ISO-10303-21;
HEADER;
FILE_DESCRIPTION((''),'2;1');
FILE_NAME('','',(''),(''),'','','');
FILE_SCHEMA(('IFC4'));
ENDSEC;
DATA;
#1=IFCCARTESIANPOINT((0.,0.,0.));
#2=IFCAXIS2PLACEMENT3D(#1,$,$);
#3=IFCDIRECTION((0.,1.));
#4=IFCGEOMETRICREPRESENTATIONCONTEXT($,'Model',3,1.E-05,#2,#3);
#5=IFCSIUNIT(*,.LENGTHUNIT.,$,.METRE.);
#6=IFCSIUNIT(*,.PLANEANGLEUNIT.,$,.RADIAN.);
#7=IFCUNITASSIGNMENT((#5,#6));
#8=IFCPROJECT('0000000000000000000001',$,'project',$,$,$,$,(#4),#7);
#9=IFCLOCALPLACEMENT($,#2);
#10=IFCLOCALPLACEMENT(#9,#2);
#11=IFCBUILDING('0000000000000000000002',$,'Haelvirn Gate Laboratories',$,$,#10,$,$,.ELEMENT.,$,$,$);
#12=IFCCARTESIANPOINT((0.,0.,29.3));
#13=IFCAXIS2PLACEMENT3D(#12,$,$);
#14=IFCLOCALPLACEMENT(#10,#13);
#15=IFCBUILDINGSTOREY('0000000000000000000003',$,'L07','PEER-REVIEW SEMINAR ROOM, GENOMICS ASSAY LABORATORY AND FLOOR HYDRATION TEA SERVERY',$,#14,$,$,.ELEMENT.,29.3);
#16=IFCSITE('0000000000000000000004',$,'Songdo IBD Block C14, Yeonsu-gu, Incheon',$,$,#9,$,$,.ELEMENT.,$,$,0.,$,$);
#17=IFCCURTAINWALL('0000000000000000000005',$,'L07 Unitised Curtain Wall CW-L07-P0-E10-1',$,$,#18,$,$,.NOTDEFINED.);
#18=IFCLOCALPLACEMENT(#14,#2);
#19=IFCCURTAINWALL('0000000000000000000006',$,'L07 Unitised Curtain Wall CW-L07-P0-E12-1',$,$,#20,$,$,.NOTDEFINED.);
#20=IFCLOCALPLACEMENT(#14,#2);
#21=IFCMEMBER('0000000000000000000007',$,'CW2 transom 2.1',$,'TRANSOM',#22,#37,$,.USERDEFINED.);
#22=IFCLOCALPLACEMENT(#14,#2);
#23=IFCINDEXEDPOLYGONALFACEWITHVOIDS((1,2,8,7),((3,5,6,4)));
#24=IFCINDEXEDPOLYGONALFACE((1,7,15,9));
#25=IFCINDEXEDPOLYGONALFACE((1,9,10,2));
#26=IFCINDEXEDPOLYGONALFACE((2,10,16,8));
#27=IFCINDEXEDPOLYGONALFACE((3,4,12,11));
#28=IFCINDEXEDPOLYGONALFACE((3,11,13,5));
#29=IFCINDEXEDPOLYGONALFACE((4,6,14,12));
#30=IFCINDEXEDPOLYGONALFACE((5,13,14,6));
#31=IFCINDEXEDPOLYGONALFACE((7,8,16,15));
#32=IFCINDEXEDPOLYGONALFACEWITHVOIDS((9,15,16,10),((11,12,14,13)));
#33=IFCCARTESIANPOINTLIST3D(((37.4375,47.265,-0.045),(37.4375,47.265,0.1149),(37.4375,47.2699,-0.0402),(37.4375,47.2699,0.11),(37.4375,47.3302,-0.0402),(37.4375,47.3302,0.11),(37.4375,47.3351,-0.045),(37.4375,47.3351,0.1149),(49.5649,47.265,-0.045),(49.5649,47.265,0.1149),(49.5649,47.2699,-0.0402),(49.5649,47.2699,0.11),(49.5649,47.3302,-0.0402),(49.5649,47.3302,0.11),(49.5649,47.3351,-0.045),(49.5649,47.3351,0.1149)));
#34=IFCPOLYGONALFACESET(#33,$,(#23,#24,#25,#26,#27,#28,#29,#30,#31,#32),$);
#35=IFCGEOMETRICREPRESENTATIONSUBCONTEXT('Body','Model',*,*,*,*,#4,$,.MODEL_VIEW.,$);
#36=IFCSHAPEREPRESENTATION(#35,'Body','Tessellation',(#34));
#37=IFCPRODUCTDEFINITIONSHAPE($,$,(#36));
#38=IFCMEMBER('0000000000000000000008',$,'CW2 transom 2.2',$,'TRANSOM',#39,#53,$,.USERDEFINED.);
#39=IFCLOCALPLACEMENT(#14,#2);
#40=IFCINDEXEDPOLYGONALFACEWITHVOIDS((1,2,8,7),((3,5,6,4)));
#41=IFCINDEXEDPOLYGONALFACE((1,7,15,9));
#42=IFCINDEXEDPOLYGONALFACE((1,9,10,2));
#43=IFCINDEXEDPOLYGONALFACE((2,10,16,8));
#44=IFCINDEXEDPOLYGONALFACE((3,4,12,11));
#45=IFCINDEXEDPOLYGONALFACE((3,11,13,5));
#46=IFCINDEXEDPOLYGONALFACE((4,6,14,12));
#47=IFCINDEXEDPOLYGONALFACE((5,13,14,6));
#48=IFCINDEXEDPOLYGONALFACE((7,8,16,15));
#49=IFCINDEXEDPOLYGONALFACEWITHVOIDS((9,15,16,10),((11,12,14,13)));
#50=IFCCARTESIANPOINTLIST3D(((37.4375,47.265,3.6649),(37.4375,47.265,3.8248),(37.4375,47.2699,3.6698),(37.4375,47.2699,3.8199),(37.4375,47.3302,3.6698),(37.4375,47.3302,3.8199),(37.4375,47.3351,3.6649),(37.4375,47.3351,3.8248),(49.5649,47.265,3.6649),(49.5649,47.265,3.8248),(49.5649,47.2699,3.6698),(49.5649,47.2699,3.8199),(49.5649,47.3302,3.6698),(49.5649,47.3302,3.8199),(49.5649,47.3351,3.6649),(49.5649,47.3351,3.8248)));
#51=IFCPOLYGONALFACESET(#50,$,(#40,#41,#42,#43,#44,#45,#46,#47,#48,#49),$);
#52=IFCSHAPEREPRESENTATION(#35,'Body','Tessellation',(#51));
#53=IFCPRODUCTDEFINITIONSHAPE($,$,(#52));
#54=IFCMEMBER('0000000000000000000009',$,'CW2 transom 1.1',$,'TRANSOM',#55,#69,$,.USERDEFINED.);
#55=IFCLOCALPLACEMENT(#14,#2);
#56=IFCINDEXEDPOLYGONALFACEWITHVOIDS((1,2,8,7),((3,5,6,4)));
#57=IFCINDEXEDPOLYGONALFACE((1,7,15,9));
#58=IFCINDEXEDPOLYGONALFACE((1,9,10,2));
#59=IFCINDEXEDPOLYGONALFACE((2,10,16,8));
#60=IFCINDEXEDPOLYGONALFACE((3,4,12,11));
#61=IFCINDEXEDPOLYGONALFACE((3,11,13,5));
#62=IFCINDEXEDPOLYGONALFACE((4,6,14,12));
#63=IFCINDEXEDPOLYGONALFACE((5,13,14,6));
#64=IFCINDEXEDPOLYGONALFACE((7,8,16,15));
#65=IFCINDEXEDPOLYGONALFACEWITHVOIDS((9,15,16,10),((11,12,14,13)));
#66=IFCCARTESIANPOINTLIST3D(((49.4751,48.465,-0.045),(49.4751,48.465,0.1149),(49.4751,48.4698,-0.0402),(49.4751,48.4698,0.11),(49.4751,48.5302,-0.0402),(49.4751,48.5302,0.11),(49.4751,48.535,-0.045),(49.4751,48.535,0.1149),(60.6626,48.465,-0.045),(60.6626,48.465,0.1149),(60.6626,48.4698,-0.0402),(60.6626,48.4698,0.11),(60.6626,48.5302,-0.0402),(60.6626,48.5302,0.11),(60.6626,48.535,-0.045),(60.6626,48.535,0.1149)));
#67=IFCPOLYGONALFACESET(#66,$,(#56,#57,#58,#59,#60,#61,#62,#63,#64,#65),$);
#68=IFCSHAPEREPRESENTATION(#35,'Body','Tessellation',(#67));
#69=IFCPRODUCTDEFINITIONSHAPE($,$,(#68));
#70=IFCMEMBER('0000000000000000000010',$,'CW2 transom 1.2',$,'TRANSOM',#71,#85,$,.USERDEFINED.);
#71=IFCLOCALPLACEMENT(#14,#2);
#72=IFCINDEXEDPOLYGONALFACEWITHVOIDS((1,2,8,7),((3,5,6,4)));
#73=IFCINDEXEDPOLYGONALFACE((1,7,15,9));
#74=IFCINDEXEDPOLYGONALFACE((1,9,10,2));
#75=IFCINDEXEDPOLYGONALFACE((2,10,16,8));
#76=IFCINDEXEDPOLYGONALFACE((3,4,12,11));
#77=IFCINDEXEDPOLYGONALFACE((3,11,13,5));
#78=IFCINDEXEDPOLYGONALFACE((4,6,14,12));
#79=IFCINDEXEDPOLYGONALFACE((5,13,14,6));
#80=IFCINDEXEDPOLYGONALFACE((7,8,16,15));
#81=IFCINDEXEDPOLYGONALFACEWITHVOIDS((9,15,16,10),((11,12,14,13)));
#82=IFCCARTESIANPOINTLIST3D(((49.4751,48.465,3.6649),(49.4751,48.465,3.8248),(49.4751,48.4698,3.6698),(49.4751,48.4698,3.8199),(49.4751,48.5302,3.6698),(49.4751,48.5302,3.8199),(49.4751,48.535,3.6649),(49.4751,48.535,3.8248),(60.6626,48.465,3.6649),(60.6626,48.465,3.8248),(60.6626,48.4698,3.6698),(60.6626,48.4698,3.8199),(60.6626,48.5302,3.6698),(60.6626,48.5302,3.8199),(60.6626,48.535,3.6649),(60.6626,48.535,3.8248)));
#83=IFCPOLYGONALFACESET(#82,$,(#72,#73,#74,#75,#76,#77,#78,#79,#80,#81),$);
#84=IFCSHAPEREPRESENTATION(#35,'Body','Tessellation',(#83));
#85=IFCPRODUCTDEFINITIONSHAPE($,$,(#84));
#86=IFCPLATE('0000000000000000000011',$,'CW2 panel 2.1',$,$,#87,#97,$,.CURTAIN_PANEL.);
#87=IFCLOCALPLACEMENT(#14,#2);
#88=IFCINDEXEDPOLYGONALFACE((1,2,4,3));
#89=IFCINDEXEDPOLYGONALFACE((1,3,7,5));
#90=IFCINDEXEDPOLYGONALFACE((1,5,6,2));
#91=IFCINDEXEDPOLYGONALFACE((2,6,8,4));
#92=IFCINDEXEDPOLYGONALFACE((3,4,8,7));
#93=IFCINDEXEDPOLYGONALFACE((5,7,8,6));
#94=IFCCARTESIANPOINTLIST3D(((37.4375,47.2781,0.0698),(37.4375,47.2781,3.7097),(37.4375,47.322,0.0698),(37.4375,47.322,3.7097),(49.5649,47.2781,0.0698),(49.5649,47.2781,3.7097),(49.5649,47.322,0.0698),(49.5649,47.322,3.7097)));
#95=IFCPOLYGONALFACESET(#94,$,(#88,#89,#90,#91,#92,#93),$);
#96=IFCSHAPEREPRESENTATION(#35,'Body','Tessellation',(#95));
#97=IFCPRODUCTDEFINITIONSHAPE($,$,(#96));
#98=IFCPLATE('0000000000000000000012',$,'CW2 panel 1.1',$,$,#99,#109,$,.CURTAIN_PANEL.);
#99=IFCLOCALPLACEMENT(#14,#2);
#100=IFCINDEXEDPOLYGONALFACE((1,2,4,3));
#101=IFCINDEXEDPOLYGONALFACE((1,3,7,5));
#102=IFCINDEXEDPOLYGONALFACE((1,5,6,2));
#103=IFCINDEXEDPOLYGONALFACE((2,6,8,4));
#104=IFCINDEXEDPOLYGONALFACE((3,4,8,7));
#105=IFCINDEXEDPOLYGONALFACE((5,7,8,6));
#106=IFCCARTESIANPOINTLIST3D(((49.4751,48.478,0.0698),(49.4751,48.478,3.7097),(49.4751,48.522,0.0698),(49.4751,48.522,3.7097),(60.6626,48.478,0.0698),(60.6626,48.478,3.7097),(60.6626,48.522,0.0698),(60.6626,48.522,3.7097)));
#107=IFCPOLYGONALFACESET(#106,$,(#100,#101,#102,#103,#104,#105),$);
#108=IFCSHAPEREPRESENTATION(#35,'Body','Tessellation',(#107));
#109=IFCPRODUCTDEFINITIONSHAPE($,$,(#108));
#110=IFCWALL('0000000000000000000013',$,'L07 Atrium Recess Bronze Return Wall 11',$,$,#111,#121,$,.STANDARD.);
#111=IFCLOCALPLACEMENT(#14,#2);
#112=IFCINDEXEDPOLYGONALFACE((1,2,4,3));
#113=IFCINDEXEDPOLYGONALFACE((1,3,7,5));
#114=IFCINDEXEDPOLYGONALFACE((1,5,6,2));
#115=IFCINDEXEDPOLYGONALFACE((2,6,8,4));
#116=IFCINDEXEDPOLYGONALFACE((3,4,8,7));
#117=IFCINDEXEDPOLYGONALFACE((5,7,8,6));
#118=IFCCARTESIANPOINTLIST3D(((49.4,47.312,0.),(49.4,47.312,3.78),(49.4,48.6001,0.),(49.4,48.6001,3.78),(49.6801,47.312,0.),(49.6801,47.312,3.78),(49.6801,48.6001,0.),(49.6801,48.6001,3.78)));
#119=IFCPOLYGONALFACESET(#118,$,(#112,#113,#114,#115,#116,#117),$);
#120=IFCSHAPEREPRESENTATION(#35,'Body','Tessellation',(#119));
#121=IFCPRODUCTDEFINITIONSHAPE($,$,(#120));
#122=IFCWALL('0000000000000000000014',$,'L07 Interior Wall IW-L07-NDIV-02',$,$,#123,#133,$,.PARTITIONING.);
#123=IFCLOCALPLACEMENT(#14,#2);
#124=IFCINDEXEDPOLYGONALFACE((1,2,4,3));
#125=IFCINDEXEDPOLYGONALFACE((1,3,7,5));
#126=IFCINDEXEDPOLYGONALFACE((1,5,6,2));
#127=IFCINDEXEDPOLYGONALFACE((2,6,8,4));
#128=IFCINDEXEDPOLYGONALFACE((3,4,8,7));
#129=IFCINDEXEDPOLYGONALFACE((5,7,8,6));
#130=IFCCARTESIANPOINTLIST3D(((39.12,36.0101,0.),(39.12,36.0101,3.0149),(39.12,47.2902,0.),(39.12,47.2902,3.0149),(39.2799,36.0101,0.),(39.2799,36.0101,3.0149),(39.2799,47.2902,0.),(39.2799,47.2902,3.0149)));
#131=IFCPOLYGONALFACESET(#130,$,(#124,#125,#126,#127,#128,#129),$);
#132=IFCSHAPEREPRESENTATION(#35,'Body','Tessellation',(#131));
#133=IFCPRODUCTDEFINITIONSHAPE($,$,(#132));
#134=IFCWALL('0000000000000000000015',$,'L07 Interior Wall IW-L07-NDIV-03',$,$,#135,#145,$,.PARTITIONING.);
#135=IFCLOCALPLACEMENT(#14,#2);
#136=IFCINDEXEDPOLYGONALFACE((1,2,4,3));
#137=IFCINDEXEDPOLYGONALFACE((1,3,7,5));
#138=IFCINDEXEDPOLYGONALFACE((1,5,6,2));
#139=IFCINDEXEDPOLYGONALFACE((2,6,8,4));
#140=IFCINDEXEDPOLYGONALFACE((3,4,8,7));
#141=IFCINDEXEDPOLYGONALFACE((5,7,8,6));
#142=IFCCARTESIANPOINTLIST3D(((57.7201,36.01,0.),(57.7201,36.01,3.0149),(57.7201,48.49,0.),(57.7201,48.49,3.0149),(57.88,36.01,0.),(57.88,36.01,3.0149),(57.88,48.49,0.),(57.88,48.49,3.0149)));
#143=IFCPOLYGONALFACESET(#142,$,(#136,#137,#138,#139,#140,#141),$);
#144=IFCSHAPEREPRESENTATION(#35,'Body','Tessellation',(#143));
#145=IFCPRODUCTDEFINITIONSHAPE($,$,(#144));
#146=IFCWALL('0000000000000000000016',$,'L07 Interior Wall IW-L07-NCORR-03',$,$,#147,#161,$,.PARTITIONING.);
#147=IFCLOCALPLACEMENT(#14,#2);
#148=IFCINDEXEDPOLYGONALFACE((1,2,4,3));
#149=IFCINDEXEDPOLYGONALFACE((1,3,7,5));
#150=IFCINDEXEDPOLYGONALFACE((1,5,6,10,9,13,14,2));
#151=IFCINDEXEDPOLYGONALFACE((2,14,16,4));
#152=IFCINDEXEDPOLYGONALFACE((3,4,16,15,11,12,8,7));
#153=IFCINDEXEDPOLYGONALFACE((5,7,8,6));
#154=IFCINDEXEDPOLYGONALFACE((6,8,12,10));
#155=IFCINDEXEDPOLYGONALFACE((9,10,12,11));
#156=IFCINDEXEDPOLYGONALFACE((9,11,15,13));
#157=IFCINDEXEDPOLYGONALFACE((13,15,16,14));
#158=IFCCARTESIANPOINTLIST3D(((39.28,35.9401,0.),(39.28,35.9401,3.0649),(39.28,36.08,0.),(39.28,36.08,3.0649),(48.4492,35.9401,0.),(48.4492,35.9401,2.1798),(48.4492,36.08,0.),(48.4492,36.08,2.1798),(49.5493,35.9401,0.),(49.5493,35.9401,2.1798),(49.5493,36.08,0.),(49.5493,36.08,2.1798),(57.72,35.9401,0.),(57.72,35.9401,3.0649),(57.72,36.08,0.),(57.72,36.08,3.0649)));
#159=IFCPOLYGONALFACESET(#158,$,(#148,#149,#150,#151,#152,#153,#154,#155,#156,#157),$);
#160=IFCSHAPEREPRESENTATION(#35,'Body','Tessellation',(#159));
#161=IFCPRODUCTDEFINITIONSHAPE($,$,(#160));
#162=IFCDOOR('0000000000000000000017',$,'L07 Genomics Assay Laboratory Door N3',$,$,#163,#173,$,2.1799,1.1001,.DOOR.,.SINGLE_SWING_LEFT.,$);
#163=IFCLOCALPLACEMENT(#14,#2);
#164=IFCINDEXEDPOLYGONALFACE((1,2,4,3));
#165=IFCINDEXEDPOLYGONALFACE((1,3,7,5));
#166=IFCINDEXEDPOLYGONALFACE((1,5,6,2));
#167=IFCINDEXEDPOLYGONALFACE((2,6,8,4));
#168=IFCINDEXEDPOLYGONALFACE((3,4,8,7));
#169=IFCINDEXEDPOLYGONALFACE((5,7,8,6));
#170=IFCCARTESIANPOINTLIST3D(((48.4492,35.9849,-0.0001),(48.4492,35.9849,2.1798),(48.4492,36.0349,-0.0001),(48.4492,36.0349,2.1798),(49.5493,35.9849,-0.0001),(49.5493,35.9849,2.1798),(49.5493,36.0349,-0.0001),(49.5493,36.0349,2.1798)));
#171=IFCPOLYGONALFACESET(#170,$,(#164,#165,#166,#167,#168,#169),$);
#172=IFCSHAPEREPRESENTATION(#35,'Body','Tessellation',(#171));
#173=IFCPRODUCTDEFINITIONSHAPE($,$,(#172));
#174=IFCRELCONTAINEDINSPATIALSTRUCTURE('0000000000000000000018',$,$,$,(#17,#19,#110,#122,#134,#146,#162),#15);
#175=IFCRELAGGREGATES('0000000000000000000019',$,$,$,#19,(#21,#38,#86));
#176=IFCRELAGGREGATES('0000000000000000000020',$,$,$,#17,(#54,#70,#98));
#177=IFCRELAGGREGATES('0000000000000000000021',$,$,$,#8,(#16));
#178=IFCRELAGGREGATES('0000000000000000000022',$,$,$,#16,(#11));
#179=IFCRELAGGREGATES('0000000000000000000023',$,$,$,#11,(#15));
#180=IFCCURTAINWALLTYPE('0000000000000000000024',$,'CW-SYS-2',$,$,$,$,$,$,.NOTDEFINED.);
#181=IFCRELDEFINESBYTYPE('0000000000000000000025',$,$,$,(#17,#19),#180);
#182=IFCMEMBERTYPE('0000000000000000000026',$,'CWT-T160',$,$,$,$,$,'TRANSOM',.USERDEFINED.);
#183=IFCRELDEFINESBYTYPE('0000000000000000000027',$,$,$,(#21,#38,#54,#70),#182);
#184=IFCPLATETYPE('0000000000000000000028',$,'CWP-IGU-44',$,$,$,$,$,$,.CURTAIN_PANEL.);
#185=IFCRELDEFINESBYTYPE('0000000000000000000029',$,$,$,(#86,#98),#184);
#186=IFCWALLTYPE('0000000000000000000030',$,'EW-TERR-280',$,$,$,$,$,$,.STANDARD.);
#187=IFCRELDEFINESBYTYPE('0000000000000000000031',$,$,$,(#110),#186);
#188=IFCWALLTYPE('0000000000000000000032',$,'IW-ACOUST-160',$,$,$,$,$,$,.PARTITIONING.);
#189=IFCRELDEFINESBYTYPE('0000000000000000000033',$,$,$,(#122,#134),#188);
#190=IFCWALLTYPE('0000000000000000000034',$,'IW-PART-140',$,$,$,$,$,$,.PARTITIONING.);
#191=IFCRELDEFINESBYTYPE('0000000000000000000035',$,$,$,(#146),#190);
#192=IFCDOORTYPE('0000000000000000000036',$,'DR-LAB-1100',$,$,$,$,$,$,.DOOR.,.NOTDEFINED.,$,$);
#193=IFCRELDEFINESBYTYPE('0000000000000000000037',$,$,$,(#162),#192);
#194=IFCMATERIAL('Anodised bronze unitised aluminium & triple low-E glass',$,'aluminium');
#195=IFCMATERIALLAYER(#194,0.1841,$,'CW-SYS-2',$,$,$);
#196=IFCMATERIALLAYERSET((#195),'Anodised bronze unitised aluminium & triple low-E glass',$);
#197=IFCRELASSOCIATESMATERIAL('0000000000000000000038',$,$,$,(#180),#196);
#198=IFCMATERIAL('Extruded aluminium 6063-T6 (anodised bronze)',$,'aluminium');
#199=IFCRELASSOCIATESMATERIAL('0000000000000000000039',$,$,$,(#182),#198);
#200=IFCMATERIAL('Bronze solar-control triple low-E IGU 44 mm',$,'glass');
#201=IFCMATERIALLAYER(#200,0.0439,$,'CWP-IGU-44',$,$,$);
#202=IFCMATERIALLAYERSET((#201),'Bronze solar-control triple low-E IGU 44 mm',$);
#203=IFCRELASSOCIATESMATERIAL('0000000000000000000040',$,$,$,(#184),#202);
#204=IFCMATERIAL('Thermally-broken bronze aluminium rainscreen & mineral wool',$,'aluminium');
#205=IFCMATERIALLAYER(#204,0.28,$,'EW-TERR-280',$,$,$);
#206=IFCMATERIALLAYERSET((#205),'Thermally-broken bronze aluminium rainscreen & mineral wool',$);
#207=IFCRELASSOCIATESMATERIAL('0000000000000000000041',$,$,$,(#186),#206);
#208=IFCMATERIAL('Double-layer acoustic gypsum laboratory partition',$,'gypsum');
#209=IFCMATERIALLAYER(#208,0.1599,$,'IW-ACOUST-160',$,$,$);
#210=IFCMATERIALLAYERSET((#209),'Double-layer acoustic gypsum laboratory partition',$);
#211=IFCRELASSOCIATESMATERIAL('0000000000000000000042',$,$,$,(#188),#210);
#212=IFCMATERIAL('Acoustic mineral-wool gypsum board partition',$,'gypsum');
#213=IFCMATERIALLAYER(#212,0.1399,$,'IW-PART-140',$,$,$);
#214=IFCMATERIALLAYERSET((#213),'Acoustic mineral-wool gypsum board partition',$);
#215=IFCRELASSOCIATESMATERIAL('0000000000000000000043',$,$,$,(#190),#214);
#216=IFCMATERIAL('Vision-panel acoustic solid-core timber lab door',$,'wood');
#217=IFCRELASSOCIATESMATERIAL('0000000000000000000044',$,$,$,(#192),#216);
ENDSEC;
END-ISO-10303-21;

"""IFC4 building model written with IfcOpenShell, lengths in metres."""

from ifc_helpers import new_model, si_unit, direction, frame, frame_2d, origin, origin_2d, place, context, subcontext, project, spatial, rectangle, hollow_rectangle, extrude, source, transform, mapped, material, layer, layer_set, material_profile, profile_set, type_object, type_shapes, element, fill, aggregate, save


model = new_model("IFC4")

# Units and contexts
model_context = context("Model", 3, precision=1e-05, world=origin(), true_north=direction((0.0, 1.0)))
body_context = subcontext(model_context, "Body", "Model", "MODEL_VIEW")
ifc_project = project(units=[si_unit("LENGTHUNIT", "METRE"), si_unit("PLANEANGLEUNIT", "RADIAN")], contexts=[model_context])

# Site, building, storey
site_placement = place(None, origin())
site = spatial("IfcSite", under=ifc_project, at=site_placement, Name="Songdo IBD Block C14, Yeonsu-gu, Incheon", CompositionType="ELEMENT", RefElevation=0.0)
building_placement = place(site_placement, origin())
building = spatial("IfcBuilding", under=site, at=building_placement, Name="Haelvirn Gate Laboratories", CompositionType="ELEMENT")
storey_placement = place(building_placement, frame((0.0, 0.0, 29.3)))
storey = spatial("IfcBuildingStorey", under=building, at=storey_placement, Name="L07", Description="PEER-REVIEW SEMINAR ROOM, GENOMICS ASSAY LABORATORY AND FLOOR HYDRATION TEA SERVERY", CompositionType="ELEMENT", Elevation=29.3)

# Curtain wall
ifc_material_1 = material(Name="Anodised bronze unitised aluminium & triple low-E glass", Category="aluminium")
ifc_layer_1 = layer(ifc_material_1, 0.1841, Name="CW-SYS-2")
ifc_layer_set_1 = layer_set([ifc_layer_1], Name="Anodised bronze unitised aluminium & triple low-E glass")
curtain_wall_type = type_object("IfcCurtainWallType", Name="CW-SYS-2", PredefinedType="NOTDEFINED", material=ifc_layer_set_1)
curtain_wall_1_placement = place(storey_placement, origin())
curtain_wall_1 = element("IfcCurtainWall", 1, at=curtain_wall_1_placement, inside=storey, type_object=curtain_wall_type, Name="L07 Unitised Curtain Wall CW-L07-P0-E10-1", PredefinedType="NOTDEFINED")
ifc_material_2 = material(Name="Extruded aluminium 6063-T6 (anodised bronze)", Category="aluminium")

# Curtain wall, members
curtain_wall_2_placement = place(storey_placement, origin())
curtain_wall_2 = element("IfcCurtainWall", 2, at=curtain_wall_2_placement, inside=storey, type_object=curtain_wall_type, Name="L07 Unitised Curtain Wall CW-L07-P0-E12-1", PredefinedType="NOTDEFINED")
ifc_material_profile_1 = material_profile(ifc_material_2, hollow_rectangle(XDim=0.0701, YDim=0.1599, WallThickness=0.0049, at=origin_2d()), Name="CWT-160x70x5")
ifc_profile_set_1 = profile_set([ifc_material_profile_1], Name="Extruded aluminium 6063-T6 (anodised bronze)")
member_type_1 = type_object("IfcMemberType", Name="CWT-T160", ElementType="TRANSOM", PredefinedType="USERDEFINED", material=ifc_profile_set_1)
shared_shape_1 = source(origin(), body_context, "Body", "SweptSolid", [
    extrude(hollow_rectangle(XDim=0.0701, YDim=0.1599, WallThickness=0.0049, at=origin_2d()), origin(), (0.0, 0.0, 1.0), 12.1274),
])
member_1_placement = place(storey_placement, frame((37.4375, 47.3, 0.0349), z_axis=(1.0, 0.0, 0.0), x_axis=(0.0, 1.0, 0.0)))
member_1 = element("IfcMember", 3, at=member_1_placement, type_object=member_type_1, Name="CW2 transom 2.1", ObjectType="TRANSOM", PredefinedType="USERDEFINED", context=body_context, shape_type="MappedRepresentation", body=[
    mapped(shared_shape_1, transform((0.0, 0.0, 0.0), scale=1.0)),
])
member_2_placement = place(storey_placement, frame((37.4375, 47.3, 3.7449), z_axis=(1.0, 0.0, 0.0), x_axis=(0.0, 1.0, 0.0)))
member_2 = element("IfcMember", 4, at=member_2_placement, type_object=member_type_1, Name="CW2 transom 2.2", ObjectType="TRANSOM", PredefinedType="USERDEFINED", context=body_context, shape_type="MappedRepresentation", body=[
    mapped(shared_shape_1, transform((0.0, 0.0, 0.0), scale=1.0)),
])

# Members
shared_shape_2 = source(origin(), body_context, "Body", "SweptSolid", [
    extrude(hollow_rectangle(XDim=0.0701, YDim=0.1599, WallThickness=0.0049, at=origin_2d()), origin(), (0.0, 0.0, 1.0), 11.1875),
])
type_shapes(member_type_1, [shared_shape_1, shared_shape_2])
member_3_placement = place(storey_placement, frame((49.4751, 48.5, 0.0349), z_axis=(1.0, 0.0, 0.0), x_axis=(0.0, 1.0, 0.0)))
member_3 = element("IfcMember", 5, at=member_3_placement, type_object=member_type_1, Name="CW2 transom 1.1", ObjectType="TRANSOM", PredefinedType="USERDEFINED", context=body_context, shape_type="MappedRepresentation", body=[
    mapped(shared_shape_2, transform((0.0, 0.0, 0.0), scale=1.0)),
])
member_4_placement = place(storey_placement, frame((49.4751, 48.5, 3.7449), z_axis=(1.0, 0.0, 0.0), x_axis=(0.0, 1.0, 0.0)))
member_4 = element("IfcMember", 6, at=member_4_placement, type_object=member_type_1, Name="CW2 transom 1.2", ObjectType="TRANSOM", PredefinedType="USERDEFINED", context=body_context, shape_type="MappedRepresentation", body=[
    mapped(shared_shape_2, transform((0.0, 0.0, 0.0), scale=1.0)),
])

# Plates
ifc_material_3 = material(Name="Bronze solar-control triple low-E IGU 44 mm", Category="glass")
ifc_layer_2 = layer(ifc_material_3, 0.0439, Name="CWP-IGU-44")
ifc_layer_set_2 = layer_set([ifc_layer_2], Name="Bronze solar-control triple low-E IGU 44 mm")
plate_type = type_object("IfcPlateType", Name="CWP-IGU-44", PredefinedType="CURTAIN_PANEL", material=ifc_layer_set_2)
shared_shape_3 = source(origin(), body_context, "Body", "SweptSolid", [
    extrude(rectangle(XDim=12.1274, YDim=0.0439, at=origin_2d()), origin(), (0.0, 0.0, 1.0), 3.6399),
])
plate_1_placement = place(storey_placement, frame((43.5012, 47.3, 0.0698), z_axis=(0.0, 0.0, 1.0), x_axis=(1.0, 0.0, 0.0)))
plate_1 = element("IfcPlate", 7, at=plate_1_placement, type_object=plate_type, Name="CW2 panel 2.1", PredefinedType="CURTAIN_PANEL", context=body_context, shape_type="MappedRepresentation", body=[
    mapped(shared_shape_3, transform((0.0, 0.0, 0.0), scale=1.0)),
])
aggregate(curtain_wall_2, [member_1, member_2, plate_1])
shared_shape_4 = source(origin(), body_context, "Body", "SweptSolid", [
    extrude(rectangle(XDim=11.1875, YDim=0.0439, at=origin_2d()), origin(), (0.0, 0.0, 1.0), 3.6399),
])
type_shapes(plate_type, [shared_shape_3, shared_shape_4])
plate_2_placement = place(storey_placement, frame((55.0688, 48.5, 0.0698), z_axis=(0.0, 0.0, 1.0), x_axis=(1.0, 0.0, 0.0)))
plate_2 = element("IfcPlate", 8, at=plate_2_placement, type_object=plate_type, Name="CW2 panel 1.1", PredefinedType="CURTAIN_PANEL", context=body_context, shape_type="MappedRepresentation", body=[
    mapped(shared_shape_4, transform((0.0, 0.0, 0.0), scale=1.0)),
])
aggregate(curtain_wall_1, [member_3, member_4, plate_2])

# Walls
ifc_material_4 = material(Name="Thermally-broken bronze aluminium rainscreen & mineral wool", Category="aluminium")
ifc_layer_3 = layer(ifc_material_4, 0.28, Name="EW-TERR-280")
ifc_layer_set_3 = layer_set([ifc_layer_3], Name="Thermally-broken bronze aluminium rainscreen & mineral wool")
wall_type_1 = type_object("IfcWallType", Name="EW-TERR-280", PredefinedType="STANDARD", material=ifc_layer_set_3)
wall_1_placement = place(storey_placement, frame((49.54, 48.6001, 0.0), z_axis=(0.0, 0.0, 1.0), x_axis=(0.0, -1.0, 0.0)))
element("IfcWall", 9, at=wall_1_placement, inside=storey, type_object=wall_type_1, Name="L07 Atrium Recess Bronze Return Wall 11", PredefinedType="STANDARD", context=body_context, shape_type="SweptSolid", body=[
    extrude(rectangle(XDim=1.2881, YDim=0.28, at=frame_2d((0.644, 0.0))), origin(), (0.0, 0.0, 1.0), 3.78),
])
ifc_material_5 = material(Name="Double-layer acoustic gypsum laboratory partition", Category="gypsum")
ifc_layer_4 = layer(ifc_material_5, 0.1599, Name="IW-ACOUST-160")
ifc_layer_set_4 = layer_set([ifc_layer_4], Name="Double-layer acoustic gypsum laboratory partition")
wall_type_2 = type_object("IfcWallType", Name="IW-ACOUST-160", PredefinedType="PARTITIONING", material=ifc_layer_set_4)
wall_2_placement = place(storey_placement, frame((39.2, 36.01, 0.0), z_axis=(0.0, 0.0, 1.0), x_axis=(0.0, 1.0, 0.0)))
element("IfcWall", 10, at=wall_2_placement, inside=storey, type_object=wall_type_2, Name="L07 Interior Wall IW-L07-NDIV-02", PredefinedType="PARTITIONING", context=body_context, shape_type="SweptSolid", body=[
    extrude(rectangle(XDim=11.28, YDim=0.1599, at=frame_2d((5.6401, 0.0))), origin(), (0.0, 0.0, 1.0), 3.0149),
])
wall_3_placement = place(storey_placement, frame((57.8, 36.01, 0.0), z_axis=(0.0, 0.0, 1.0), x_axis=(0.0, 1.0, 0.0)))
element("IfcWall", 11, at=wall_3_placement, inside=storey, type_object=wall_type_2, Name="L07 Interior Wall IW-L07-NDIV-03", PredefinedType="PARTITIONING", context=body_context, shape_type="SweptSolid", body=[
    extrude(rectangle(XDim=12.48, YDim=0.1599, at=frame_2d((6.24, 0.0))), origin(), (0.0, 0.0, 1.0), 3.0149),
])

# Wall, opening, door
ifc_material_6 = material(Name="Acoustic mineral-wool gypsum board partition", Category="gypsum")
ifc_layer_5 = layer(ifc_material_6, 0.1399, Name="IW-PART-140")
ifc_layer_set_5 = layer_set([ifc_layer_5], Name="Acoustic mineral-wool gypsum board partition")
wall_type_3 = type_object("IfcWallType", Name="IW-PART-140", PredefinedType="PARTITIONING", material=ifc_layer_set_5)
wall_4_placement = place(storey_placement, frame((39.28, 36.01, 0.0), z_axis=(0.0, 0.0, 1.0), x_axis=(1.0, 0.0, 0.0)))
wall_4 = element("IfcWall", 12, at=wall_4_placement, inside=storey, type_object=wall_type_3, Name="L07 Interior Wall IW-L07-NCORR-03", PredefinedType="PARTITIONING", context=body_context, shape_type="SweptSolid", body=[
    extrude(rectangle(XDim=18.4399, YDim=0.1399, at=frame_2d((9.22, 0.0))), origin(), (0.0, 0.0, 1.0), 3.0649),
])
opening_1_placement = place(wall_4_placement, frame((9.1692, 0.0, 0.0)))
opening_1 = element("IfcOpeningElement", 13, at=opening_1_placement, cuts=wall_4, PredefinedType="OPENING", context=body_context, shape_type="SweptSolid", body=[
    extrude(rectangle(XDim=1.1001, YDim=2.1799, at=frame_2d((0.55, 1.0898))), frame((0.0, 0.0801, 0.0), z_axis=(0.0, -1.0, 0.0), x_axis=(1.0, 0.0, 0.0)), (0.0, 0.0, 1.0), 0.1599),
])
ifc_material_7 = material(Name="Vision-panel acoustic solid-core timber lab door", Category="wood")
door_type = type_object("IfcDoorType", Name="DR-LAB-1100", OperationType="NOTDEFINED", PredefinedType="DOOR", material=ifc_material_7)
shared_shape_5 = source(origin(), body_context, "Body", "SweptSolid", [
    extrude(rectangle(XDim=1.1001, YDim=2.1799, at=frame_2d((0.55, 1.0898))), frame((0.0, 0.0249, 0.0), z_axis=(0.0, -1.0, 0.0), x_axis=(1.0, 0.0, 0.0)), (0.0, 0.0, 1.0), 0.05),
])
type_shapes(door_type, [shared_shape_5])
door_1_placement = place(opening_1_placement, origin())
door_1 = element("IfcDoor", 14, at=door_1_placement, inside=storey, type_object=door_type, Name="L07 Genomics Assay Laboratory Door N3", OperationType="SINGLE_SWING_LEFT", OverallHeight=2.1799, OverallWidth=1.1001, PredefinedType="DOOR", context=body_context, shape_type="MappedRepresentation", body=[
    mapped(shared_shape_5, transform((0.0, 0.0, 0.0), scale=1.0)),
])
fill(opening_1, door_1)

save(model, "model.ifc")
